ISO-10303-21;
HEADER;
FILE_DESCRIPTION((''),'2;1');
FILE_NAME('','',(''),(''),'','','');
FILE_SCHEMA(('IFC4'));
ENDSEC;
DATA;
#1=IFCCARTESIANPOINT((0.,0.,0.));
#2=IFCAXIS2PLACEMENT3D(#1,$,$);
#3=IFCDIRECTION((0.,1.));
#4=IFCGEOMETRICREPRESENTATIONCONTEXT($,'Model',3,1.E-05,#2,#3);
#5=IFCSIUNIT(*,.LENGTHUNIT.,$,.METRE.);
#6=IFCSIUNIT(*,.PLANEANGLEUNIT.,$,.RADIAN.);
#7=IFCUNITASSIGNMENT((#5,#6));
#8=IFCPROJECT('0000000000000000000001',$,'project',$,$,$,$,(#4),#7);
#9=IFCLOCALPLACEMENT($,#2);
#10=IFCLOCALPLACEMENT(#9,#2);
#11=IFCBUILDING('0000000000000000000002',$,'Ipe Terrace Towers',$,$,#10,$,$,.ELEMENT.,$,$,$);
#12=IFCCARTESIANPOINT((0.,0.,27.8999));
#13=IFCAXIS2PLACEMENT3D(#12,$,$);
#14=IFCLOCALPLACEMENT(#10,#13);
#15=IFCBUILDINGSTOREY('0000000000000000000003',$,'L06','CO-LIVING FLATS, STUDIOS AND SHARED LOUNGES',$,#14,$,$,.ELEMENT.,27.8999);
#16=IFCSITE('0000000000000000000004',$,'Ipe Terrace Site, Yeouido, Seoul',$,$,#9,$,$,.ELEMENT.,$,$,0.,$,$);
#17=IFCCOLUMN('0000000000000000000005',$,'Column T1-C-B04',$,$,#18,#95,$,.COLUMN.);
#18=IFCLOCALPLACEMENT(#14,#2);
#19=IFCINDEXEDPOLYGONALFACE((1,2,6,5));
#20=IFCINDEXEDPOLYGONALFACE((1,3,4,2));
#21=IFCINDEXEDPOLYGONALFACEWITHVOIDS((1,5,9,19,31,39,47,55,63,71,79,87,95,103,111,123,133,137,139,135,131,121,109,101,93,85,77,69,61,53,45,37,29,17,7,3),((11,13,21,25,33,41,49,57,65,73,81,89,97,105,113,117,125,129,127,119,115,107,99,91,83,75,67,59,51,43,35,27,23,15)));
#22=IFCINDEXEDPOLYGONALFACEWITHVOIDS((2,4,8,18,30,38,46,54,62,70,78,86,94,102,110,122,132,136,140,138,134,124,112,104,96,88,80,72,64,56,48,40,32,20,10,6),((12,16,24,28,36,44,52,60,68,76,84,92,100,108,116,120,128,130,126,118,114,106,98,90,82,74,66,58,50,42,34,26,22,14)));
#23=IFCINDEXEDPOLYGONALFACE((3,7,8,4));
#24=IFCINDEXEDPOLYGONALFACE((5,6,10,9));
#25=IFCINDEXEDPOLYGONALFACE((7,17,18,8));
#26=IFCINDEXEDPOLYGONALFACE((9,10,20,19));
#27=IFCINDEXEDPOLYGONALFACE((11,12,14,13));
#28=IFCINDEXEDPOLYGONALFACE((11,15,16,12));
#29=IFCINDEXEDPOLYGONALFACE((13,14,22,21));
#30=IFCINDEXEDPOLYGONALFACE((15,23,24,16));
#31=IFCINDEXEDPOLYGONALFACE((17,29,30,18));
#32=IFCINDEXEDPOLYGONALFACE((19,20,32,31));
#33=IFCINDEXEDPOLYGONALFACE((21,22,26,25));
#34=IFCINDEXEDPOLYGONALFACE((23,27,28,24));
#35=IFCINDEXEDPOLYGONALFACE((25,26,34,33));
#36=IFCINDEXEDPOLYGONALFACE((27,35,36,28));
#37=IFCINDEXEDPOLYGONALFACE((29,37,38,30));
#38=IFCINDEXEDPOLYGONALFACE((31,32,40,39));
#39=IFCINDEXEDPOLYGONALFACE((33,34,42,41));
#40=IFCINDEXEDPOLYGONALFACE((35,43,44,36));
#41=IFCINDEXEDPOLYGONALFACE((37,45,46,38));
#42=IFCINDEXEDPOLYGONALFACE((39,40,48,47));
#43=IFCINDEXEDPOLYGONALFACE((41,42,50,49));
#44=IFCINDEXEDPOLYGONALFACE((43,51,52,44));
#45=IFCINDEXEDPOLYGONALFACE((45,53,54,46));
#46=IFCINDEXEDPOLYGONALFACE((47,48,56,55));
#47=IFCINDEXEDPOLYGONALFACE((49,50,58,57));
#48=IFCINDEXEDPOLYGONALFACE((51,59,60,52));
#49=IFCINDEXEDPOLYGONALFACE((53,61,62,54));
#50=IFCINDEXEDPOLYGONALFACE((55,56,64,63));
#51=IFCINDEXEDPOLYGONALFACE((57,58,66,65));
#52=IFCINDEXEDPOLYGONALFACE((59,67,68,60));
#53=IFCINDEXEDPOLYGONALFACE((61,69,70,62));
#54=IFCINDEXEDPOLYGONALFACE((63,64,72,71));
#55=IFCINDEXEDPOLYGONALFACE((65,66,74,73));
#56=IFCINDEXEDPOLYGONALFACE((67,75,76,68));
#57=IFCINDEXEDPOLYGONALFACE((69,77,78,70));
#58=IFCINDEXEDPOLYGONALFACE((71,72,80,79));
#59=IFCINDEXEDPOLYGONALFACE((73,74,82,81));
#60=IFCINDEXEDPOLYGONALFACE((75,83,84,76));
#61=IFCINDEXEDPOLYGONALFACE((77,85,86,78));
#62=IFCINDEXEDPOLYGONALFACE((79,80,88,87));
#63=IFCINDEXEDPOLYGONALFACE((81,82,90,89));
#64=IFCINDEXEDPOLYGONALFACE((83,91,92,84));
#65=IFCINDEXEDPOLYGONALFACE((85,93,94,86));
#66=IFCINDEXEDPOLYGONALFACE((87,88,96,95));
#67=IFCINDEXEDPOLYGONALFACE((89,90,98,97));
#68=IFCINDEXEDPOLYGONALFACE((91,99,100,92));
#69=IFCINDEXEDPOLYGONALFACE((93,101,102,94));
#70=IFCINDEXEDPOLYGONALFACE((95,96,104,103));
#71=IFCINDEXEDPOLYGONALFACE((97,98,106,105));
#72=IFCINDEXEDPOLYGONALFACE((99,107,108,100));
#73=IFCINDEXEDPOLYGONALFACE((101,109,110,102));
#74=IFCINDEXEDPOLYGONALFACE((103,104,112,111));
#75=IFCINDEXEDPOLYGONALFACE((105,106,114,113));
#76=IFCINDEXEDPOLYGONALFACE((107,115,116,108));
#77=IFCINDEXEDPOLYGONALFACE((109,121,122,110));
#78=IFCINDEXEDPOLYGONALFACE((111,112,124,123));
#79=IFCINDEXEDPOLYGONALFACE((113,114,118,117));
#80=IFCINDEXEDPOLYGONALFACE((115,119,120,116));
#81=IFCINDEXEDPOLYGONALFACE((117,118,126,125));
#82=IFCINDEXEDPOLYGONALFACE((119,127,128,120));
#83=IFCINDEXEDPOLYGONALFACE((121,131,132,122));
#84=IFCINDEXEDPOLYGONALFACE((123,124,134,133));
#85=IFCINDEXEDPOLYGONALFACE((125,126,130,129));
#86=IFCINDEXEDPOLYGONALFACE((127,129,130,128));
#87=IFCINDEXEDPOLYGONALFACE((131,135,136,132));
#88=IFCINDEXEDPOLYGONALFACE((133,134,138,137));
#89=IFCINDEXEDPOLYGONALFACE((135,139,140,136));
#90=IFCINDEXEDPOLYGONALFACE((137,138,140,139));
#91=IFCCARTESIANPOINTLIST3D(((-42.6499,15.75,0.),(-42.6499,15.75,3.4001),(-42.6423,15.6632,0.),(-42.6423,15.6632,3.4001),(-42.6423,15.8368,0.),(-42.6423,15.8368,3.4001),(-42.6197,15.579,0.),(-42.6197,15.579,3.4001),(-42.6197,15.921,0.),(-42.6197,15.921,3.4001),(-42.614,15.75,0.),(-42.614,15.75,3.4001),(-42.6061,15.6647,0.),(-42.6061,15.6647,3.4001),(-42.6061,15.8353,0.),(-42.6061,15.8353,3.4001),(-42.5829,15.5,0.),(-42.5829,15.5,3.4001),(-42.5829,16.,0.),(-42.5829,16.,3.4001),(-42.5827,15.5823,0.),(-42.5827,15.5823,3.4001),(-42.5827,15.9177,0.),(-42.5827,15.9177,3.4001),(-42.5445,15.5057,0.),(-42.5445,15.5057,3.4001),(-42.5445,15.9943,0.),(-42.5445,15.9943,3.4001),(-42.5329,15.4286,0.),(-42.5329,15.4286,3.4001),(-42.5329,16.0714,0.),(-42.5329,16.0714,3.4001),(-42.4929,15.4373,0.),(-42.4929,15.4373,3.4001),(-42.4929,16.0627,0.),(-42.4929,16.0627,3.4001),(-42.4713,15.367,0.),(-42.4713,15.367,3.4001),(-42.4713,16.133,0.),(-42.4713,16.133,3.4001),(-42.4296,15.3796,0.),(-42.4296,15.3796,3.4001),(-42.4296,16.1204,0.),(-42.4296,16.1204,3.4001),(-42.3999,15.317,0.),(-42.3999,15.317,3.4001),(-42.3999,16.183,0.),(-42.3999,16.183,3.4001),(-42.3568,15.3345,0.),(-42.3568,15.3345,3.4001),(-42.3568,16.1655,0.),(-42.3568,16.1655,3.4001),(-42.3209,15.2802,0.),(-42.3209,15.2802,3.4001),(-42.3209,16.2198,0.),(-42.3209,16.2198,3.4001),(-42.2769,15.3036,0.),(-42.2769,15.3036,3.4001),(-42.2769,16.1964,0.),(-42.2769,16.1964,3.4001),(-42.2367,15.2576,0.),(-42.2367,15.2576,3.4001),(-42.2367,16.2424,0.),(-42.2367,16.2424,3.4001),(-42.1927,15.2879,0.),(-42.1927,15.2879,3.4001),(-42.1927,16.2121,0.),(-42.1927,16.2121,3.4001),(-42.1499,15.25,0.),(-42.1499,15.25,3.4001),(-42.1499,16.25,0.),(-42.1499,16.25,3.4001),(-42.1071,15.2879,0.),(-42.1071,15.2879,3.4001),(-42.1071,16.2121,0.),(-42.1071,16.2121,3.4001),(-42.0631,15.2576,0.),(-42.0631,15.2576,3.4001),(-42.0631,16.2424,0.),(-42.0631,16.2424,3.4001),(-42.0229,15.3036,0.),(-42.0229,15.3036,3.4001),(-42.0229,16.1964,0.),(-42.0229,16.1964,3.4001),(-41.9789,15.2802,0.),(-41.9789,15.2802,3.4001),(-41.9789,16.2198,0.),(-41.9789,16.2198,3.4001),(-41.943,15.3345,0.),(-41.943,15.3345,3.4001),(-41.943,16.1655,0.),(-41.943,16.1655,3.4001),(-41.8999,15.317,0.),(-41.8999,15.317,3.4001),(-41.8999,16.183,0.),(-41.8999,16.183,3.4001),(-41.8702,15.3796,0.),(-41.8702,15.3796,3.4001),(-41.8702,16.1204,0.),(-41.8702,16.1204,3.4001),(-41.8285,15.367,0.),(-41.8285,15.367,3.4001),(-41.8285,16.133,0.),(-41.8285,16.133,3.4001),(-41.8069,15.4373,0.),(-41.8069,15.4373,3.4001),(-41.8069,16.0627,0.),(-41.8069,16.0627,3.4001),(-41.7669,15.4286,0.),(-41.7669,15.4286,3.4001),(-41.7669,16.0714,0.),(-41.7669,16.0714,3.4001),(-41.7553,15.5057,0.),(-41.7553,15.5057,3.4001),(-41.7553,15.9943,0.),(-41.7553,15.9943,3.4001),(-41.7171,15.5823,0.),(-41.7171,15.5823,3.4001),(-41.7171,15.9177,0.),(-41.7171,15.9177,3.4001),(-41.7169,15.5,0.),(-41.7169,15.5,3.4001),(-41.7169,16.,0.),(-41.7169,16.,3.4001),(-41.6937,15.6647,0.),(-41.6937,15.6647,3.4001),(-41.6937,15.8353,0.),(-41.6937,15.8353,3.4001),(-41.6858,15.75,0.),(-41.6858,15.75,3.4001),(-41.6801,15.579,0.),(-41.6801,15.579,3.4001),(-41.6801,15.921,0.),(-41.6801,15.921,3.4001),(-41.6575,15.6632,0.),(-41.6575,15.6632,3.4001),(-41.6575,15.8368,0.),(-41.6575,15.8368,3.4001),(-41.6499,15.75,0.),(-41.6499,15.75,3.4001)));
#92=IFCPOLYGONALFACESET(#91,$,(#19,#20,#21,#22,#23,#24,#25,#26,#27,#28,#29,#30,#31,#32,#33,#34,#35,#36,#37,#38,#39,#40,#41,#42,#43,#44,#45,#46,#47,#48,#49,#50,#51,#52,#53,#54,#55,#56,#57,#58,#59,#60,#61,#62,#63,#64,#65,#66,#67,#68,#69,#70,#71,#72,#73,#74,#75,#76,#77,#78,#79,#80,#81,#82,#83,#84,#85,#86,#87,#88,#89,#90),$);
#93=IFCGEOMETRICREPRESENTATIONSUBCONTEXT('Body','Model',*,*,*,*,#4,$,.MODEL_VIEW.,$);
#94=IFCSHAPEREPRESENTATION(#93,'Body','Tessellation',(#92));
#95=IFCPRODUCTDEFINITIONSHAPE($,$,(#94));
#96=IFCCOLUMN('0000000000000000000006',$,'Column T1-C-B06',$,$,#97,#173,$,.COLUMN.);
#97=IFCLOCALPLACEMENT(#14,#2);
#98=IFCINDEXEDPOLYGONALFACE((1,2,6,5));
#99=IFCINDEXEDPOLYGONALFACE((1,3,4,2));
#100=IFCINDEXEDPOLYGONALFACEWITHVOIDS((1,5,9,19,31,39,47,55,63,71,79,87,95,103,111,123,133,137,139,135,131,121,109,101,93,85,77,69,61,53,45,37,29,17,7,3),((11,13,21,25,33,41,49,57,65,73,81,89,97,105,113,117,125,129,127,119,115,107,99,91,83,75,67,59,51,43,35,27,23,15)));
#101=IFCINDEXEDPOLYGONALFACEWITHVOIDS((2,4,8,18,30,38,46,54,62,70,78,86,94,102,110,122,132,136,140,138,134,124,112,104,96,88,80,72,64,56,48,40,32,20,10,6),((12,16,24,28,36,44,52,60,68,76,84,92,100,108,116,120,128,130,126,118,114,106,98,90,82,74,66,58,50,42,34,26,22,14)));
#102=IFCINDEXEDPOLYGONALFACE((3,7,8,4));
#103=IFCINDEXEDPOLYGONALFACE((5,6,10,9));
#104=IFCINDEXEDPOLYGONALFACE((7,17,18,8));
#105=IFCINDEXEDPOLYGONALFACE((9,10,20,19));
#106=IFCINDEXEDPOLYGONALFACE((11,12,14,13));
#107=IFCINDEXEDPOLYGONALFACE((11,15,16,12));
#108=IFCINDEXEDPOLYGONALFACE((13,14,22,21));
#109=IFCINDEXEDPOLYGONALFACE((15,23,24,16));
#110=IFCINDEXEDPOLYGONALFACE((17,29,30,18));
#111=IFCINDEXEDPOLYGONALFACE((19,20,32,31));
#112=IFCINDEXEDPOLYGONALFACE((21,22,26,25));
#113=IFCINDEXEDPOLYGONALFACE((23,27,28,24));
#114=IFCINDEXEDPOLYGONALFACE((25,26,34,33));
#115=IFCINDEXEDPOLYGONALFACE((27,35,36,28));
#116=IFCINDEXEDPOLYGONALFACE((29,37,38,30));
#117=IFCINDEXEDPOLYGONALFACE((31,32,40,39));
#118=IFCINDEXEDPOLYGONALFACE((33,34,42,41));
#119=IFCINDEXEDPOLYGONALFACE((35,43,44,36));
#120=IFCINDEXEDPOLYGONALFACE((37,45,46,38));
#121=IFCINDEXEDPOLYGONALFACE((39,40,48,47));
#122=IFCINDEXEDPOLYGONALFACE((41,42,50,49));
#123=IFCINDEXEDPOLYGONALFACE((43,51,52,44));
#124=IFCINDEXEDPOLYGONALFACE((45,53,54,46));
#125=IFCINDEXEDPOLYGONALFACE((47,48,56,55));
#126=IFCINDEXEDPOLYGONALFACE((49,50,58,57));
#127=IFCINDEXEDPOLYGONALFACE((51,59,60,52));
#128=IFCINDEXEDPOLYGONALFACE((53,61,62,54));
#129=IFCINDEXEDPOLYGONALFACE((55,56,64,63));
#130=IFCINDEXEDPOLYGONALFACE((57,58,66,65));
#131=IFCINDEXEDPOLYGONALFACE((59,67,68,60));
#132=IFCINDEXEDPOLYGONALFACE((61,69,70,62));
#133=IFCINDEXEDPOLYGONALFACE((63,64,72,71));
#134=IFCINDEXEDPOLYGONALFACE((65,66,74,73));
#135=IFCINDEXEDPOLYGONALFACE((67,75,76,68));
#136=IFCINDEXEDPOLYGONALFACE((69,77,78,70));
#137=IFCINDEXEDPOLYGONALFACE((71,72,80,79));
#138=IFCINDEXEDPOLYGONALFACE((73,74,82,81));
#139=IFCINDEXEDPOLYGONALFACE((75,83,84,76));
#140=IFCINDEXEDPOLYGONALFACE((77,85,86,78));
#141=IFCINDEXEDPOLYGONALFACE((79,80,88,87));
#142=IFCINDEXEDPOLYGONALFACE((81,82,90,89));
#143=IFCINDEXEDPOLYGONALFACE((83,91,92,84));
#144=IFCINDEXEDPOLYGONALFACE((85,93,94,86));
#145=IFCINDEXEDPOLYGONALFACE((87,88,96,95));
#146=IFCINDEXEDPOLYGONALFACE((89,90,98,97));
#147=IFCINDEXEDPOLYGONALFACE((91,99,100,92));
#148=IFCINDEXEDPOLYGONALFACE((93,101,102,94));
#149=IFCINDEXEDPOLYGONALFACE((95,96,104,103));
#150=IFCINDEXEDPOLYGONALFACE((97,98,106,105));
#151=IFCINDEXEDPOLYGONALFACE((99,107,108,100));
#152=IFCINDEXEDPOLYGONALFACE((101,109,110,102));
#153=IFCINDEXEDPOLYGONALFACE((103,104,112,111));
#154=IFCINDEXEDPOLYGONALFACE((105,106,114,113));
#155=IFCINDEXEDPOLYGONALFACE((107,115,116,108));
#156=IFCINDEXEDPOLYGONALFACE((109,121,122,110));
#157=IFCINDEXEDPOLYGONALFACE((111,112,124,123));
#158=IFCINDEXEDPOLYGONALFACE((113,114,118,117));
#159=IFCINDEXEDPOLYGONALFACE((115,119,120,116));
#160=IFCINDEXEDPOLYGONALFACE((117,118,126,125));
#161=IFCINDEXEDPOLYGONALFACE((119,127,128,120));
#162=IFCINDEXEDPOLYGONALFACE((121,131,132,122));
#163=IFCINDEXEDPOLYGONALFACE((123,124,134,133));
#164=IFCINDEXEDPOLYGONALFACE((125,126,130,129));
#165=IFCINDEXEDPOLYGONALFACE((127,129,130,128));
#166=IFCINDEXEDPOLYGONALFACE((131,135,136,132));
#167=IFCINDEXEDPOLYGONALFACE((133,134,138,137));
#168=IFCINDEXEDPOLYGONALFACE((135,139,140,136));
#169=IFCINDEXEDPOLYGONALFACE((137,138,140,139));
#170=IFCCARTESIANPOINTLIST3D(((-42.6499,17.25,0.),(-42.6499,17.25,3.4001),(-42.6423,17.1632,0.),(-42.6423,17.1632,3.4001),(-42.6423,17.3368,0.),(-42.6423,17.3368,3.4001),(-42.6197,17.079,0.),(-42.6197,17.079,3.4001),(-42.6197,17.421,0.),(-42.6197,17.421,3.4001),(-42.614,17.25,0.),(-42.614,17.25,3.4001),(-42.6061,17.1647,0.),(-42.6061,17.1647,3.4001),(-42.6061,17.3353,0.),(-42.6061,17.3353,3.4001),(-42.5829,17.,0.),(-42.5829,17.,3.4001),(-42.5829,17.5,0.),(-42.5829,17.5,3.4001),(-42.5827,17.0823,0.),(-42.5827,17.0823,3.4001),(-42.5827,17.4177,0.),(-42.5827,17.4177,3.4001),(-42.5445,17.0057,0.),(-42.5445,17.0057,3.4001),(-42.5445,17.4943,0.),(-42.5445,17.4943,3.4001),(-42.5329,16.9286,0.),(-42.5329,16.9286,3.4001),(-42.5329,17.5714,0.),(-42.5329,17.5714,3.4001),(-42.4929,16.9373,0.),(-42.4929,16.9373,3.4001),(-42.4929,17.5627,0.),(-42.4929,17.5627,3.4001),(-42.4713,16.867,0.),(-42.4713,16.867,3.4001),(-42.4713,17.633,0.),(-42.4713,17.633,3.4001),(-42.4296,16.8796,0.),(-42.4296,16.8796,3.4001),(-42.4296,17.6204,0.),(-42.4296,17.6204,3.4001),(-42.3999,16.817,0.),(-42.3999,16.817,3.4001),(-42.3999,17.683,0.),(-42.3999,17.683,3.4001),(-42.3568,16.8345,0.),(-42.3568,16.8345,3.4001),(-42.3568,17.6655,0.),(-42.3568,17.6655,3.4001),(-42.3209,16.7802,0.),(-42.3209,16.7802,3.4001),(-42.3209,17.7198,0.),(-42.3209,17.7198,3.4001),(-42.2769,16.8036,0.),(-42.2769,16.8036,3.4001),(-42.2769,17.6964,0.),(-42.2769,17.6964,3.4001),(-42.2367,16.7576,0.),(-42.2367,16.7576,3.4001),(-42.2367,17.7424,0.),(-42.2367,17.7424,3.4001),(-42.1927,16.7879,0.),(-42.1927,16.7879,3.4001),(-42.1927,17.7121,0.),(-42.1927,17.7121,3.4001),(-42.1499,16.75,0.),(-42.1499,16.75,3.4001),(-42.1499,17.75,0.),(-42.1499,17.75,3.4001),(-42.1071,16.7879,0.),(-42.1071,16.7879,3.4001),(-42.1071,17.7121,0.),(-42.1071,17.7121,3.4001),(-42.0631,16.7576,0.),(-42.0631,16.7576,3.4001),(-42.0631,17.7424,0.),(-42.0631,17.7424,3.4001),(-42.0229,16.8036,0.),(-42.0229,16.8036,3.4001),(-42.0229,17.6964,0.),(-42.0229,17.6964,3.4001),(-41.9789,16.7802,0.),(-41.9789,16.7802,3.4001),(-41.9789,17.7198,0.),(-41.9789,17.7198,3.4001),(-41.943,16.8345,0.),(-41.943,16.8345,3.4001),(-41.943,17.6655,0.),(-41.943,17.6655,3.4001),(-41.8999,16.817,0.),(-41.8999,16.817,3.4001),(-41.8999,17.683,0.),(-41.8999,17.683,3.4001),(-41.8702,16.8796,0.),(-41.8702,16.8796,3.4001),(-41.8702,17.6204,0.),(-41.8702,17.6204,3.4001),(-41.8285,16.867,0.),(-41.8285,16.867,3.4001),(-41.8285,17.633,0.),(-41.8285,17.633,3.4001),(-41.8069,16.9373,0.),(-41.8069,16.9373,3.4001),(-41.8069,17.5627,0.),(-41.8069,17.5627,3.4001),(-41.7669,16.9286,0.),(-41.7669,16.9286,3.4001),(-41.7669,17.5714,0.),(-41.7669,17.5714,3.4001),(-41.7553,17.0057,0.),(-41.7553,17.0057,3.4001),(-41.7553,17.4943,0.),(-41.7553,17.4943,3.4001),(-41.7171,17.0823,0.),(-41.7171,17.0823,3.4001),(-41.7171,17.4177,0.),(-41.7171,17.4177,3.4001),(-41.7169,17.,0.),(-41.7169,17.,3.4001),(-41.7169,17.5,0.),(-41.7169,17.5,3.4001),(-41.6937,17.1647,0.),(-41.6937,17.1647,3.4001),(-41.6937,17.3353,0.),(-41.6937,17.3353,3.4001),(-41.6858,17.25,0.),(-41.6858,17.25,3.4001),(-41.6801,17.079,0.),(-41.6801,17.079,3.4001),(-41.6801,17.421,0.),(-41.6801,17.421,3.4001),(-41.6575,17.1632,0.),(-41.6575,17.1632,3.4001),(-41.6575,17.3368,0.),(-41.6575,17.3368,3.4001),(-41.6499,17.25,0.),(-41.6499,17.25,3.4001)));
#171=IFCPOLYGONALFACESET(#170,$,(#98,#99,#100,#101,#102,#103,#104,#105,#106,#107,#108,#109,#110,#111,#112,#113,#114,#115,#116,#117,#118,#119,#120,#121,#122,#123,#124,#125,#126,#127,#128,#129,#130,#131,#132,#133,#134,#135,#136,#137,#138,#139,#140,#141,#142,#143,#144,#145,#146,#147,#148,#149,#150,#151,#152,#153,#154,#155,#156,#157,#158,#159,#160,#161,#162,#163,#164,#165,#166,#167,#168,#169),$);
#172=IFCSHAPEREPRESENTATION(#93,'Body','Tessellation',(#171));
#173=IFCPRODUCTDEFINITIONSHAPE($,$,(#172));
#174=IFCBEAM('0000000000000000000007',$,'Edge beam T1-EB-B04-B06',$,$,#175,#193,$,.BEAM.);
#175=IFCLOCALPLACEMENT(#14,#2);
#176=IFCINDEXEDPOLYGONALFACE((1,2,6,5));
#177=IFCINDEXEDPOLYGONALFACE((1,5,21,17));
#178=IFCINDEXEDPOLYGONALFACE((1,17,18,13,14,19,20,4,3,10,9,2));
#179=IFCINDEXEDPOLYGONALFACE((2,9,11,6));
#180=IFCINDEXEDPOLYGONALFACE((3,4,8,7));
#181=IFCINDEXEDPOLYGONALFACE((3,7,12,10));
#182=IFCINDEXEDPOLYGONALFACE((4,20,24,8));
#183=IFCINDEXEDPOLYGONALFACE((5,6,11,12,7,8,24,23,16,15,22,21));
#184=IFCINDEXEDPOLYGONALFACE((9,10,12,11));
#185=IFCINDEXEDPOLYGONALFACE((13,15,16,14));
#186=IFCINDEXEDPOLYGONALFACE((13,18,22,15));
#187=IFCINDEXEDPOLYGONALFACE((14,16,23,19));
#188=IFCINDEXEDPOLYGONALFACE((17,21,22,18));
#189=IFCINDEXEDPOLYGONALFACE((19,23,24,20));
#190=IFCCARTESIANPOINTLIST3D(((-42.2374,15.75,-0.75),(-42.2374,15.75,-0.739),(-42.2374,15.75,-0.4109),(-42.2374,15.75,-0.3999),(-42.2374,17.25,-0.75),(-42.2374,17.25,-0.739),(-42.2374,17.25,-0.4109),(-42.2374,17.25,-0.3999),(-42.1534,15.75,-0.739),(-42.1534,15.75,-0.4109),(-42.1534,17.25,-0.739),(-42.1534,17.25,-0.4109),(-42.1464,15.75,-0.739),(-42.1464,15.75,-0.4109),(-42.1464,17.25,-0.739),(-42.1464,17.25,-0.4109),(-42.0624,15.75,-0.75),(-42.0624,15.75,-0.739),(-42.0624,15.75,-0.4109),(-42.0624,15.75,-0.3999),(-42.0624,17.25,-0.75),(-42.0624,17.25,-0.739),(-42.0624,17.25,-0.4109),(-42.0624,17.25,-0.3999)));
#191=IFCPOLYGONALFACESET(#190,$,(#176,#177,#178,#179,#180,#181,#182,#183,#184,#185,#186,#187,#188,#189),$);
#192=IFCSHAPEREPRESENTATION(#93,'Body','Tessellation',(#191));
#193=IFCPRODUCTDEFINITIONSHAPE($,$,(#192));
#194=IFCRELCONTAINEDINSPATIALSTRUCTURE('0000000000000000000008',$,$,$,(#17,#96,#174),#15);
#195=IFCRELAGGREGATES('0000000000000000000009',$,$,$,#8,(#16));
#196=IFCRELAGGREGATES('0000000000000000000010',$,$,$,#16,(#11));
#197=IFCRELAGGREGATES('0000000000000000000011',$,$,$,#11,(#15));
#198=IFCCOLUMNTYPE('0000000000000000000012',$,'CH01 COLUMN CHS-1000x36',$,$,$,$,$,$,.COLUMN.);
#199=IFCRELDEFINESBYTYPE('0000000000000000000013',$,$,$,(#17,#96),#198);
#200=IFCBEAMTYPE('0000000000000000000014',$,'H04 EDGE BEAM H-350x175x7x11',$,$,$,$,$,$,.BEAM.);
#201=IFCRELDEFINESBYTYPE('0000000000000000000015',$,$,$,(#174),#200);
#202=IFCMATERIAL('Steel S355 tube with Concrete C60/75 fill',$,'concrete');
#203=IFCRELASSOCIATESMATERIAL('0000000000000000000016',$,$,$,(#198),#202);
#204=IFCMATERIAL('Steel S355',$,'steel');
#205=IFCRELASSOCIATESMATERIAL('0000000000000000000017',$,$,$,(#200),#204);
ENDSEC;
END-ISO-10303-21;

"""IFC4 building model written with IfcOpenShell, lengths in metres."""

from ifc_helpers import new_model, si_unit, direction, frame, origin, origin_2d, place, context, subcontext, project, spatial, hollow_circle, i_section, extrude, material, material_profile, profile_set, type_object, element, save


model = new_model("IFC4")

# Units and contexts
model_context = context("Model", 3, precision=1e-05, world=origin(), true_north=direction((0.0, 1.0)))
body_context = subcontext(model_context, "Body", "Model", "MODEL_VIEW")
ifc_project = project(units=[si_unit("LENGTHUNIT", "METRE"), si_unit("PLANEANGLEUNIT", "RADIAN")], contexts=[model_context])

# Site, building, storey
site_placement = place(None, origin())
site = spatial("IfcSite", under=ifc_project, at=site_placement, Name="Ipe Terrace Site, Yeouido, Seoul", CompositionType="ELEMENT", RefElevation=0.0)
building_placement = place(site_placement, origin())
building = spatial("IfcBuilding", under=site, at=building_placement, Name="Ipe Terrace Towers", CompositionType="ELEMENT")
storey_placement = place(building_placement, frame((0.0, 0.0, 27.8999)))
storey = spatial("IfcBuildingStorey", under=building, at=storey_placement, Name="L06", Description="CO-LIVING FLATS, STUDIOS AND SHARED LOUNGES", CompositionType="ELEMENT", Elevation=27.8999)

# Columns
ifc_material_1 = material(Name="Steel S355 tube with Concrete C60/75 fill", Category="concrete")
ifc_material_profile_1 = material_profile(ifc_material_1, hollow_circle(Radius=0.5, WallThickness=0.0359, at=origin_2d()), Name="CHS-1000x36")
ifc_profile_set_1 = profile_set([ifc_material_profile_1], Name="Steel S355 tube with Concrete C60/75 fill")
column_type = type_object("IfcColumnType", Name="CH01 COLUMN CHS-1000x36", PredefinedType="COLUMN", material=ifc_profile_set_1)
for number, where, z_axis, x_axis, name in (
    (1, (-42.1499, 15.75, 0.0), (0.0, 0.0, 1.0), (1.0, 0.0, 0.0), "Column T1-C-B04"),
    (2, (-42.1499, 17.25, 0.0), (0.0, 0.0, 1.0), (1.0, 0.0, 0.0), "Column T1-C-B06"),
):
    element("IfcColumn", number, at=place(storey_placement, frame(where, z_axis=z_axis, x_axis=x_axis)), inside=storey, type_object=column_type, Name=name, PredefinedType="COLUMN", context=body_context, shape_type="SweptSolid", body=[
        extrude(hollow_circle(Radius=0.5, WallThickness=0.0359, at=origin_2d()), origin(), (0.0, 0.0, 1.0), 3.4001),
    ])

# Beam
ifc_material_2 = material(Name="Steel S355", Category="steel")
ifc_material_profile_2 = material_profile(ifc_material_2, i_section(OverallWidth=0.175, OverallDepth=0.3501, WebThickness=0.0071, FlangeThickness=0.011, at=origin_2d()), Name="H-350x175x7x11")
ifc_profile_set_2 = profile_set([ifc_material_profile_2], Name="Steel S355")
beam_type = type_object("IfcBeamType", Name="H04 EDGE BEAM H-350x175x7x11", PredefinedType="BEAM", material=ifc_profile_set_2)
beam_placement = place(storey_placement, frame((-42.1499, 15.75, -0.575), z_axis=(0.0, 1.0, 0.0), x_axis=(-1.0, 0.0, 0.0)))
element("IfcBeam", 3, at=beam_placement, inside=storey, type_object=beam_type, Name="Edge beam T1-EB-B04-B06", PredefinedType="BEAM", context=body_context, shape_type="SweptSolid", body=[
    extrude(i_section(OverallWidth=0.175, OverallDepth=0.3501, WebThickness=0.0071, FlangeThickness=0.011, at=origin_2d()), origin(), (0.0, 0.0, 1.0), 1.5),
])

save(model, "model.ifc")
